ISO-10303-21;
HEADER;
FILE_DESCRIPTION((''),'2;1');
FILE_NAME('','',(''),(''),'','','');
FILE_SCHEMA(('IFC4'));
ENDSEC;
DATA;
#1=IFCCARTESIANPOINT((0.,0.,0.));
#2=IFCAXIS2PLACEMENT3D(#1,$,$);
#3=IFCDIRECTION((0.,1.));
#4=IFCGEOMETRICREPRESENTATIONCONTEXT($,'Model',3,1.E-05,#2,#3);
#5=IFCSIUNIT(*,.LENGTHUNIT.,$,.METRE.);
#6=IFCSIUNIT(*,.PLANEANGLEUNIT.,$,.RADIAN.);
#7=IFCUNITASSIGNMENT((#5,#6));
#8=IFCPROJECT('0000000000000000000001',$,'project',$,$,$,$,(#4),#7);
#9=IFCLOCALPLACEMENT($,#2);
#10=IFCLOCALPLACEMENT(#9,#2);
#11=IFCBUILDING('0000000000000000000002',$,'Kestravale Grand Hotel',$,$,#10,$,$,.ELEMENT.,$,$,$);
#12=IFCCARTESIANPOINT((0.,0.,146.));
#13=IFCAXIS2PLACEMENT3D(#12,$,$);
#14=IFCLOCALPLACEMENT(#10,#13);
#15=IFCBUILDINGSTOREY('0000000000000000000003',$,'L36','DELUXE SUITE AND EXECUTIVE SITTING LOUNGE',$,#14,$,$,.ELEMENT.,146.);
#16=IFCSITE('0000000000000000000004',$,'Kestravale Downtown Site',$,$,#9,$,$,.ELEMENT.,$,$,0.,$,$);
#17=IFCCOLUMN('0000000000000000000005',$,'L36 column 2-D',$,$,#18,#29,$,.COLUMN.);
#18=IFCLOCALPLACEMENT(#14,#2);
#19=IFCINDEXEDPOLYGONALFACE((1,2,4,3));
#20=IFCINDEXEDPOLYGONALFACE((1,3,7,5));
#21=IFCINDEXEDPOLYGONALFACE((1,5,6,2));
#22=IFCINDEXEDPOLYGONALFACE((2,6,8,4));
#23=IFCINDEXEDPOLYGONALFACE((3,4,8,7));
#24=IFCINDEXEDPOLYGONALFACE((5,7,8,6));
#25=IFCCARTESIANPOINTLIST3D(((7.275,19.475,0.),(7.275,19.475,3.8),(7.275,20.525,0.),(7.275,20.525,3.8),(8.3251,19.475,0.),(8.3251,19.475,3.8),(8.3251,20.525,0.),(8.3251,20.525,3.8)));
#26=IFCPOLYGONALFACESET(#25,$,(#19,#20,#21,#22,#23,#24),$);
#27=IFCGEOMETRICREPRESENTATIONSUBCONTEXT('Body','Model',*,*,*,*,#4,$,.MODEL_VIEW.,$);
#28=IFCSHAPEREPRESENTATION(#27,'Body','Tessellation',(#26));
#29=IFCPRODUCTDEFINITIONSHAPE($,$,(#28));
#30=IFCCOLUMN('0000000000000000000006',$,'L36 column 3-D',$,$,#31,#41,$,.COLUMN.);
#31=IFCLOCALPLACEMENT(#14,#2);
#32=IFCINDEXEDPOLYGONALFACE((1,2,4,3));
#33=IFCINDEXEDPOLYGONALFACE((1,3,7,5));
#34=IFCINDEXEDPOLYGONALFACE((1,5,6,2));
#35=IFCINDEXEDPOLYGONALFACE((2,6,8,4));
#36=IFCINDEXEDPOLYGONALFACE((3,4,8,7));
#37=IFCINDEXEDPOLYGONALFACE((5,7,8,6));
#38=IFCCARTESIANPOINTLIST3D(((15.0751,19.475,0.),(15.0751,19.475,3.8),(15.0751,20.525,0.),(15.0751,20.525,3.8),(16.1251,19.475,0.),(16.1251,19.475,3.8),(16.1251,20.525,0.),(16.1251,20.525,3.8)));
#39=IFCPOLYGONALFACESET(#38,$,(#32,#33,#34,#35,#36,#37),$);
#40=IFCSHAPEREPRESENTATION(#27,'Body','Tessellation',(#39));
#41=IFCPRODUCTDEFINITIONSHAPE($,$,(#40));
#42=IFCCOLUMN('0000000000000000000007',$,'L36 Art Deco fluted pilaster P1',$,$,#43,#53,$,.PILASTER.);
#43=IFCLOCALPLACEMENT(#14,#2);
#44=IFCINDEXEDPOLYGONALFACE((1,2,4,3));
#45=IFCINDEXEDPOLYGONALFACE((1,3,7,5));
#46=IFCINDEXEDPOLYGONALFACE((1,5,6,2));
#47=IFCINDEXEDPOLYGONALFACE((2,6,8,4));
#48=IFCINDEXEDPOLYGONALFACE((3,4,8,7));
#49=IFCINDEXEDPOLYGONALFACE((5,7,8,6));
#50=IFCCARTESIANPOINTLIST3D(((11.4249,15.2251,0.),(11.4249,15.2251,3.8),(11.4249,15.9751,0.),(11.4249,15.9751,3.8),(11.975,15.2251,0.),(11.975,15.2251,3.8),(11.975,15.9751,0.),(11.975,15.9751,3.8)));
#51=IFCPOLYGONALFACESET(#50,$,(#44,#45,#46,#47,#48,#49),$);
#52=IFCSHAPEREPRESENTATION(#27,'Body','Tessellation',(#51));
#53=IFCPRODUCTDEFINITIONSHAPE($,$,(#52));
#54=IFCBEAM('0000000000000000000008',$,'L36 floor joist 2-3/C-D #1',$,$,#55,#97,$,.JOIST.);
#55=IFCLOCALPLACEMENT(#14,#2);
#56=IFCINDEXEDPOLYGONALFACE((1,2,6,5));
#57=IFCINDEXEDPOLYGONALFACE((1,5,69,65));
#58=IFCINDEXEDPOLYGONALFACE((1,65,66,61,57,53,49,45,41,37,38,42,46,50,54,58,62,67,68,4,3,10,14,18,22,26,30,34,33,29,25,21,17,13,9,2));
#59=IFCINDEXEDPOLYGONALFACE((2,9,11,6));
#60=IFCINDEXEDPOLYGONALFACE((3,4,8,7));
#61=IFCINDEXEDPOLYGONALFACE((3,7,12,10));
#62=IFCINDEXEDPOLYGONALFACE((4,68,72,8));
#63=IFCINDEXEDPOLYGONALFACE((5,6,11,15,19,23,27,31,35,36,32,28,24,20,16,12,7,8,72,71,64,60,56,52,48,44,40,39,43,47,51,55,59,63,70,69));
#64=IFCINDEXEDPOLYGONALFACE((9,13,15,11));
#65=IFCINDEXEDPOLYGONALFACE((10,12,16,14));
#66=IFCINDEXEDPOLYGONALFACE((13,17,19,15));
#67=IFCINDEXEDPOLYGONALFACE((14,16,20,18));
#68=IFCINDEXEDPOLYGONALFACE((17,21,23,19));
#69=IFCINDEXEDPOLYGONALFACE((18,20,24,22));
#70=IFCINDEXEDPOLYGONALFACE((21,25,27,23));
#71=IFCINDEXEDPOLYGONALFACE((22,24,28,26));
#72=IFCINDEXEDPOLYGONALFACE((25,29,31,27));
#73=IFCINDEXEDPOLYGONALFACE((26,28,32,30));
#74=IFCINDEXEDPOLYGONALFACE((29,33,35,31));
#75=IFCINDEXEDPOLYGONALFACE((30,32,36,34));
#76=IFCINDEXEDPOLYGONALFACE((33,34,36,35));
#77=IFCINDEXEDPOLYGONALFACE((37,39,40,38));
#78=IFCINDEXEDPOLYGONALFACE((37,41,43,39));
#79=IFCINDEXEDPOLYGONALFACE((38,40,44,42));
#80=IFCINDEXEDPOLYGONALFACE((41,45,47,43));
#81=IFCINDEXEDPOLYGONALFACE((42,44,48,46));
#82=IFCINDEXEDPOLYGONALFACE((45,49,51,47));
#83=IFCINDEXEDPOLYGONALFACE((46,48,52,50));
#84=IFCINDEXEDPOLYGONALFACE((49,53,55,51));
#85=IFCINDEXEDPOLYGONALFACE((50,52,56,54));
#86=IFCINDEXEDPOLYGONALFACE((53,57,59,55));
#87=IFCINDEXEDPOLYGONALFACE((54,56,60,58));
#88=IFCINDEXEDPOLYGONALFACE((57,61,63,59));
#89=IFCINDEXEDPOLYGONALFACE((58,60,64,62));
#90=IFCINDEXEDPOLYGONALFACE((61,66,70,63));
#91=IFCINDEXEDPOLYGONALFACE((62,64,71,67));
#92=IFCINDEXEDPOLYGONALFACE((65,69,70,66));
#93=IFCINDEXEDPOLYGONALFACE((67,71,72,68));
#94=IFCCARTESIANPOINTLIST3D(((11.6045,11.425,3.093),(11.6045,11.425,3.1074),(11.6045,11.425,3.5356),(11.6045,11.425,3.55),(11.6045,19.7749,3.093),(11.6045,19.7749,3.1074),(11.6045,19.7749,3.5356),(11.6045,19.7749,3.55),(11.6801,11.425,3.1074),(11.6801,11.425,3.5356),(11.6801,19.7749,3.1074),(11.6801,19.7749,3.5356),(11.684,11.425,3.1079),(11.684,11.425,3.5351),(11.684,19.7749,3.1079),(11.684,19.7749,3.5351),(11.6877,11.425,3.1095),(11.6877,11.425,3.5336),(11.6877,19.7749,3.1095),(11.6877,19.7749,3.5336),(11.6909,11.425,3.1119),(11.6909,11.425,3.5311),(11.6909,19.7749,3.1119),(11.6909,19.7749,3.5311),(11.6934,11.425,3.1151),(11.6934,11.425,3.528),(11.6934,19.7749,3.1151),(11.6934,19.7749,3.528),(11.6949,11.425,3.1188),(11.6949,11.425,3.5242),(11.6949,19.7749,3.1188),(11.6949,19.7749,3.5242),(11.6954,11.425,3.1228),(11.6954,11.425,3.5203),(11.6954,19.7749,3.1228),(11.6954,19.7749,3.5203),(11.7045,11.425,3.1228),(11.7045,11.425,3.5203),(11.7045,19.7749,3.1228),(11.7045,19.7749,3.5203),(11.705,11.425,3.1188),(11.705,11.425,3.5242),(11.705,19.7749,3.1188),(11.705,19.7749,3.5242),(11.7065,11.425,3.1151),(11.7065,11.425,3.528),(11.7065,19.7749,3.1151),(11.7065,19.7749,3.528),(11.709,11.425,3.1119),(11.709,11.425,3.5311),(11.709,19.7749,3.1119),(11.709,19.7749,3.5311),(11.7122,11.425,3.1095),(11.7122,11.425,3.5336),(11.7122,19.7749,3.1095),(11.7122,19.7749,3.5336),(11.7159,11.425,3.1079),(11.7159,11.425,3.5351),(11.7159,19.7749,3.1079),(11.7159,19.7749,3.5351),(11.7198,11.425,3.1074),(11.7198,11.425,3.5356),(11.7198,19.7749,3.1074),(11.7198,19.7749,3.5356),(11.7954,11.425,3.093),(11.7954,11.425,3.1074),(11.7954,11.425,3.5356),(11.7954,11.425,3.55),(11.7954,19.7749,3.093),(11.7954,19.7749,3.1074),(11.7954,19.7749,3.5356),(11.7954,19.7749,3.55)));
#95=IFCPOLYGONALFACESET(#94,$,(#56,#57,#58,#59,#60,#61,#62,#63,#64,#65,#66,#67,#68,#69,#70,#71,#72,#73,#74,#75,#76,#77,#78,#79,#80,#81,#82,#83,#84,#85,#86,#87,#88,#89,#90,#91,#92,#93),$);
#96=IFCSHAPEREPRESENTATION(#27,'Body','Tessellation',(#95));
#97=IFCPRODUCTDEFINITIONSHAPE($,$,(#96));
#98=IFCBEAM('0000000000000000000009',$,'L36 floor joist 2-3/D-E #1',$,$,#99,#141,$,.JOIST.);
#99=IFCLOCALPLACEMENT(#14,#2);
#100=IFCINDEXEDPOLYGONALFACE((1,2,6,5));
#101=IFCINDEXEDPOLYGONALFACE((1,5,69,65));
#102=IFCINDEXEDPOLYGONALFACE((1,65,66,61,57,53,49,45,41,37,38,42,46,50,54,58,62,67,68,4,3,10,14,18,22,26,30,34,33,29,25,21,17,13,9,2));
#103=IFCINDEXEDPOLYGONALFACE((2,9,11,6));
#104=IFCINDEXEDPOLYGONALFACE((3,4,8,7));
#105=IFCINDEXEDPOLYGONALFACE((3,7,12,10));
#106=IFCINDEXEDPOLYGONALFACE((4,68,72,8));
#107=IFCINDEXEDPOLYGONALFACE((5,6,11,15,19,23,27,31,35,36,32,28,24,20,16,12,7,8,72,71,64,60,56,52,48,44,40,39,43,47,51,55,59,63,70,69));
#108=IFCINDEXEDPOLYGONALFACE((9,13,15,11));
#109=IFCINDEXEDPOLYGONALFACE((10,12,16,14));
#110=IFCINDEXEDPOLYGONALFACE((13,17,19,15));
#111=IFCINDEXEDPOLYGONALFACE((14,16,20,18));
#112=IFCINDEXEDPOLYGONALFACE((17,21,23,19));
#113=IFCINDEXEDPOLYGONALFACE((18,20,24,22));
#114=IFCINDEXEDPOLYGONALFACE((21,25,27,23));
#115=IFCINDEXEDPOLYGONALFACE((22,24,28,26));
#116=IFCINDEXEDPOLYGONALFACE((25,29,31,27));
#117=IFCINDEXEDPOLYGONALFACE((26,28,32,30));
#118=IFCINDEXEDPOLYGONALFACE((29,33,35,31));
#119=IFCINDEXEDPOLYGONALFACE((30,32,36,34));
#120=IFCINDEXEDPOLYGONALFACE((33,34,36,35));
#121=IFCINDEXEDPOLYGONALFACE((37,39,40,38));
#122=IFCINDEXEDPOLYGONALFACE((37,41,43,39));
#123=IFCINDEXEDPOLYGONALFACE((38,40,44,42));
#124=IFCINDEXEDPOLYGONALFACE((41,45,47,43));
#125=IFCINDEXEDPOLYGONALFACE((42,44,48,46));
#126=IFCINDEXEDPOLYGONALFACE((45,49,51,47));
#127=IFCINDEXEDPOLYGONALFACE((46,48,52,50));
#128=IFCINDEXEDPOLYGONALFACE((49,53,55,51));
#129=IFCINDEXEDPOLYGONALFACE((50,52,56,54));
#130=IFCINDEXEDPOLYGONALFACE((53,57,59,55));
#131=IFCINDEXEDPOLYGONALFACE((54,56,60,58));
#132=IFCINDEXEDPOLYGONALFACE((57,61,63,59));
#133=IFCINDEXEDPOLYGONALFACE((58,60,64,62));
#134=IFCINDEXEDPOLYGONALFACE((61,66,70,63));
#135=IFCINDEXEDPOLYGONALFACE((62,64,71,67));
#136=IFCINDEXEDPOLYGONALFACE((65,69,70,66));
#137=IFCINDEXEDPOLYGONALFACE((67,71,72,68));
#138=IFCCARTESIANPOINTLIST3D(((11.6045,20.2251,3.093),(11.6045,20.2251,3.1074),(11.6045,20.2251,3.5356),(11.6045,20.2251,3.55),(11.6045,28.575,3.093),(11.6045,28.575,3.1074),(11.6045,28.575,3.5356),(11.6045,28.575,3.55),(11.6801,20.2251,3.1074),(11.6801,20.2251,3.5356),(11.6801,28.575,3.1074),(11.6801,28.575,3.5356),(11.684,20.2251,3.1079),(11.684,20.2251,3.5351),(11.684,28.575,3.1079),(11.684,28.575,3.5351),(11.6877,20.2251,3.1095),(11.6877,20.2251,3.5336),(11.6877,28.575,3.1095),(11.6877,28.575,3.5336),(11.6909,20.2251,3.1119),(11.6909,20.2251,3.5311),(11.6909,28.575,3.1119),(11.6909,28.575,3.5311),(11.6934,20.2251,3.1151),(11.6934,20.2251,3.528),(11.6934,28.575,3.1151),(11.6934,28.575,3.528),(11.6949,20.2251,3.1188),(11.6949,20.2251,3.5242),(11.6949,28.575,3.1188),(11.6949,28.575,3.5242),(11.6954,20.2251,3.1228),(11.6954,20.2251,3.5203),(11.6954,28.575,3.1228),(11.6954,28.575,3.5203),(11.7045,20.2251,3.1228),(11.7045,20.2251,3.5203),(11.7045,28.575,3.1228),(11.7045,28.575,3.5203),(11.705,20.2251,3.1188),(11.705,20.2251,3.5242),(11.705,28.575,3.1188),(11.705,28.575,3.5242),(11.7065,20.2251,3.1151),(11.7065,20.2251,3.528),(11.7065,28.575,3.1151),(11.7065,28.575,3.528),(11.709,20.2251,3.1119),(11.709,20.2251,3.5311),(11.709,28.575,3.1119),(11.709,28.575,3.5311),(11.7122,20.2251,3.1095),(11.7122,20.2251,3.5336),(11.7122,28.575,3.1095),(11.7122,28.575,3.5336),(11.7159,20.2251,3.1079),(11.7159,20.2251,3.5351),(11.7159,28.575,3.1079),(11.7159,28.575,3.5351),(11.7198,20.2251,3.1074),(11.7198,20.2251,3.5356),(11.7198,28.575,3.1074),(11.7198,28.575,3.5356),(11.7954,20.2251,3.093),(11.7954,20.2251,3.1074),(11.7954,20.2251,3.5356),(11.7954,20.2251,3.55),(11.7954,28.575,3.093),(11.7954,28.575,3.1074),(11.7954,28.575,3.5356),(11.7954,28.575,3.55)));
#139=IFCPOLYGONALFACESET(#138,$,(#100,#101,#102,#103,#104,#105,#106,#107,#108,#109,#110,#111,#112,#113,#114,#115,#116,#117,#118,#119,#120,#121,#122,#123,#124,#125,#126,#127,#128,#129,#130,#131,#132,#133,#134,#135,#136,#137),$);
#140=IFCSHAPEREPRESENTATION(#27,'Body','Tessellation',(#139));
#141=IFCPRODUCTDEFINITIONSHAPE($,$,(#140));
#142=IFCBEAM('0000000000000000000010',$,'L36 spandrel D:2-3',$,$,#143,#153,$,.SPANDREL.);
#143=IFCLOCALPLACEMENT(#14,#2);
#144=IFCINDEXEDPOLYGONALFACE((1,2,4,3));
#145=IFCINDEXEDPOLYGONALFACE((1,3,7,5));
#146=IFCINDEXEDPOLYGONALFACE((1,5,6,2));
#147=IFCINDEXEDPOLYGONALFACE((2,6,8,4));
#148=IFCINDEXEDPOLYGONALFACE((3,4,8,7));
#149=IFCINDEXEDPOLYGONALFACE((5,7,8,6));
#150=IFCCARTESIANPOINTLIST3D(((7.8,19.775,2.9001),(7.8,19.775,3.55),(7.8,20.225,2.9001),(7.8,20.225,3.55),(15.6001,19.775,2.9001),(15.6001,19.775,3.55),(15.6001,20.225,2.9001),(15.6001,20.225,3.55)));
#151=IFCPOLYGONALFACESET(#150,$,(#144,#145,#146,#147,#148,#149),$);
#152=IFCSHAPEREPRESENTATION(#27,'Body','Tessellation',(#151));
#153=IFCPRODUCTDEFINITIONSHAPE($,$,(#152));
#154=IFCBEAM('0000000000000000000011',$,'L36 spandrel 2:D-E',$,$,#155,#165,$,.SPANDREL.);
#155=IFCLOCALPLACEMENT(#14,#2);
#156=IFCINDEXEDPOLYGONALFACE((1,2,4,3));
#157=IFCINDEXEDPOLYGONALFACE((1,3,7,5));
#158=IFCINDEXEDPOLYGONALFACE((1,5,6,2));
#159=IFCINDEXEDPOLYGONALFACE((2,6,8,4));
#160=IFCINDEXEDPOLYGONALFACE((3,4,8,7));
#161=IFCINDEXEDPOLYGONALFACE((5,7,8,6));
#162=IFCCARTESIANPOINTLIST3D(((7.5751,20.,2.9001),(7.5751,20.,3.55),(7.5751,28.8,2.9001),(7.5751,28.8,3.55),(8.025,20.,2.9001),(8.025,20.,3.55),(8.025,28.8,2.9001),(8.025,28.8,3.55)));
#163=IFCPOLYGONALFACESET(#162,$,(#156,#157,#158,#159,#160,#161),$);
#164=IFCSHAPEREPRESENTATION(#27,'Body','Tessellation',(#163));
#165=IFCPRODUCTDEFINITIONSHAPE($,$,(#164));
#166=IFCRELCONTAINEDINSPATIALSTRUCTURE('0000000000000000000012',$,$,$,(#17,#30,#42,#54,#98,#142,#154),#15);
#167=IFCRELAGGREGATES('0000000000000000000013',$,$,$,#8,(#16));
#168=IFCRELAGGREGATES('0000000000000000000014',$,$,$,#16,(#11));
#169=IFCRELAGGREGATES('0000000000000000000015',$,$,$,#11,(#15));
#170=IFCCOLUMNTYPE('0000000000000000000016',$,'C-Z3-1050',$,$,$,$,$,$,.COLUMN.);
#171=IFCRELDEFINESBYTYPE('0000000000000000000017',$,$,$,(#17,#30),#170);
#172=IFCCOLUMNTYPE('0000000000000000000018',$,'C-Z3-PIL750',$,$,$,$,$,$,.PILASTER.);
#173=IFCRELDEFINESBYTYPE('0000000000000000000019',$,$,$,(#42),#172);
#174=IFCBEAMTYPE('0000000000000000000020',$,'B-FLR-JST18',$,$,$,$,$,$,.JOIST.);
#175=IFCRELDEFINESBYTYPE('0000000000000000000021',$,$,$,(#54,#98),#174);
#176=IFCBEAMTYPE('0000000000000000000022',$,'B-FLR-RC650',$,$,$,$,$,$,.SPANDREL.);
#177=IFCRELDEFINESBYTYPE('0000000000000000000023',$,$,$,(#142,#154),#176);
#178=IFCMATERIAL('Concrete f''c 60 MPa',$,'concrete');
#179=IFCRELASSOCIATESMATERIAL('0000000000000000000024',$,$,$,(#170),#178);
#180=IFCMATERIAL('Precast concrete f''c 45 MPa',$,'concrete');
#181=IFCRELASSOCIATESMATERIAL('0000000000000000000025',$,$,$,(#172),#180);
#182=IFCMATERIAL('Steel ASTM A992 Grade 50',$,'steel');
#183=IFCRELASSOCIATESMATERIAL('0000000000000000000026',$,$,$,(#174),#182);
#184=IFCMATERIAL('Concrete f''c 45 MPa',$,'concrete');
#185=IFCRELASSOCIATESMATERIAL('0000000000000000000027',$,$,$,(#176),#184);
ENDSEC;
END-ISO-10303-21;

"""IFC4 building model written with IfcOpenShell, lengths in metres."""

from ifc_helpers import new_model, si_unit, direction, frame, origin, origin_2d, place, context, subcontext, project, spatial, rectangle, i_section, extrude, material, material_profile, profile_set, type_object, element, save


model = new_model("IFC4")

# Units and contexts
model_context = context("Model", 3, precision=1e-05, world=origin(), true_north=direction((0.0, 1.0)))
body_context = subcontext(model_context, "Body", "Model", "MODEL_VIEW")
ifc_project = project(units=[si_unit("LENGTHUNIT", "METRE"), si_unit("PLANEANGLEUNIT", "RADIAN")], contexts=[model_context])

# Site, building, storey
site_placement = place(None, origin())
site = spatial("IfcSite", under=ifc_project, at=site_placement, Name="Kestravale Downtown Site", CompositionType="ELEMENT", RefElevation=0.0)
building_placement = place(site_placement, origin())
building = spatial("IfcBuilding", under=site, at=building_placement, Name="Kestravale Grand Hotel", CompositionType="ELEMENT")
storey_placement = place(building_placement, frame((0.0, 0.0, 146.0)))
storey = spatial("IfcBuildingStorey", under=building, at=storey_placement, Name="L36", Description="DELUXE SUITE AND EXECUTIVE SITTING LOUNGE", CompositionType="ELEMENT", Elevation=146.0)

# Columns
ifc_material_1 = material(Name="Concrete f'c 60 MPa", Category="concrete")
ifc_material_profile_1 = material_profile(ifc_material_1, rectangle(XDim=1.05, YDim=1.05, at=origin_2d()))
ifc_profile_set_1 = profile_set([ifc_material_profile_1], Name="Concrete f'c 60 MPa")
column_type_1 = type_object("IfcColumnType", Name="C-Z3-1050", PredefinedType="COLUMN", material=ifc_profile_set_1)
for number, where, z_axis, x_axis, name in (
    (1, (7.8, 20.0, 0.0), (0.0, 0.0, 1.0), (1.0, 0.0, 0.0), "L36 column 2-D"),
    (2, (15.6001, 20.0, 0.0), (0.0, 0.0, 1.0), (1.0, 0.0, 0.0), "L36 column 3-D"),
):
    element("IfcColumn", number, at=place(storey_placement, frame(where, z_axis=z_axis, x_axis=x_axis)), inside=storey, type_object=column_type_1, Name=name, PredefinedType="COLUMN", context=body_context, shape_type="SweptSolid", body=[
        extrude(rectangle(XDim=1.05, YDim=1.05, at=origin_2d()), origin(), (0.0, 0.0, 1.0), 3.8),
    ])
ifc_material_2 = material(Name="Precast concrete f'c 45 MPa", Category="concrete")
ifc_material_profile_2 = material_profile(ifc_material_2, rectangle(XDim=0.55, YDim=0.75, at=origin_2d()))
ifc_profile_set_2 = profile_set([ifc_material_profile_2], Name="Precast concrete f'c 45 MPa")
column_type_2 = type_object("IfcColumnType", Name="C-Z3-PIL750", PredefinedType="PILASTER", material=ifc_profile_set_2)
column_placement = place(storey_placement, frame((11.7, 15.6001, 0.0), z_axis=(0.0, 0.0, 1.0), x_axis=(1.0, 0.0, 0.0)))
element("IfcColumn", 3, at=column_placement, inside=storey, type_object=column_type_2, Name="L36 Art Deco fluted pilaster P1", PredefinedType="PILASTER", context=body_context, shape_type="SweptSolid", body=[
    extrude(rectangle(XDim=0.55, YDim=0.75, at=origin_2d()), origin(), (0.0, 0.0, 1.0), 3.8),
])

# Beams
ifc_material_3 = material(Name="Steel ASTM A992 Grade 50", Category="steel")
ifc_material_profile_3 = material_profile(ifc_material_3, i_section(OverallWidth=0.1909, OverallDepth=0.457, WebThickness=0.009, FlangeThickness=0.0144, FilletRadius=0.0154, at=origin_2d()))
ifc_profile_set_3 = profile_set([ifc_material_profile_3], Name="Steel ASTM A992 Grade 50")
beam_type_1 = type_object("IfcBeamType", Name="B-FLR-JST18", PredefinedType="JOIST", material=ifc_profile_set_3)
for number, where, z_axis, x_axis, name in (
    (4, (11.7, 11.425, 3.3215), (0.0, 1.0, 0.0), (-1.0, 0.0, 0.0), "L36 floor joist 2-3/C-D #1"),
    (5, (11.7, 20.2251, 3.3215), (0.0, 1.0, 0.0), (-1.0, 0.0, 0.0), "L36 floor joist 2-3/D-E #1"),
):
    element("IfcBeam", number, at=place(storey_placement, frame(where, z_axis=z_axis, x_axis=x_axis)), inside=storey, type_object=beam_type_1, Name=name, PredefinedType="JOIST", context=body_context, shape_type="SweptSolid", body=[
        extrude(i_section(OverallWidth=0.1909, OverallDepth=0.457, WebThickness=0.009, FlangeThickness=0.0144, FilletRadius=0.0154, at=origin_2d()), origin(), (0.0, 0.0, 1.0), 8.3499),
    ])
ifc_material_4 = material(Name="Concrete f'c 45 MPa", Category="concrete")
ifc_material_profile_4 = material_profile(ifc_material_4, rectangle(XDim=0.45, YDim=0.6499, at=origin_2d()))
ifc_profile_set_4 = profile_set([ifc_material_profile_4], Name="Concrete f'c 45 MPa")
beam_type_2 = type_object("IfcBeamType", Name="B-FLR-RC650", PredefinedType="SPANDREL", material=ifc_profile_set_4)
beam_1_placement = place(storey_placement, frame((7.8, 20.0, 3.2251), z_axis=(1.0, 0.0, 0.0), x_axis=(0.0, 1.0, 0.0)))
element("IfcBeam", 6, at=beam_1_placement, inside=storey, type_object=beam_type_2, Name="L36 spandrel D:2-3", PredefinedType="SPANDREL", context=body_context, shape_type="SweptSolid", body=[
    extrude(rectangle(XDim=0.45, YDim=0.6499, at=origin_2d()), origin(), (0.0, 0.0, 1.0), 7.8),
])
beam_2_placement = place(storey_placement, frame((7.8, 20.0, 3.2251), z_axis=(0.0, 1.0, 0.0), x_axis=(-1.0, 0.0, 0.0)))
element("IfcBeam", 7, at=beam_2_placement, inside=storey, type_object=beam_type_2, Name="L36 spandrel 2:D-E", PredefinedType="SPANDREL", context=body_context, shape_type="SweptSolid", body=[
    extrude(rectangle(XDim=0.45, YDim=0.6499, at=origin_2d()), origin(), (0.0, 0.0, 1.0), 8.8),
])

save(model, "model.ifc")
